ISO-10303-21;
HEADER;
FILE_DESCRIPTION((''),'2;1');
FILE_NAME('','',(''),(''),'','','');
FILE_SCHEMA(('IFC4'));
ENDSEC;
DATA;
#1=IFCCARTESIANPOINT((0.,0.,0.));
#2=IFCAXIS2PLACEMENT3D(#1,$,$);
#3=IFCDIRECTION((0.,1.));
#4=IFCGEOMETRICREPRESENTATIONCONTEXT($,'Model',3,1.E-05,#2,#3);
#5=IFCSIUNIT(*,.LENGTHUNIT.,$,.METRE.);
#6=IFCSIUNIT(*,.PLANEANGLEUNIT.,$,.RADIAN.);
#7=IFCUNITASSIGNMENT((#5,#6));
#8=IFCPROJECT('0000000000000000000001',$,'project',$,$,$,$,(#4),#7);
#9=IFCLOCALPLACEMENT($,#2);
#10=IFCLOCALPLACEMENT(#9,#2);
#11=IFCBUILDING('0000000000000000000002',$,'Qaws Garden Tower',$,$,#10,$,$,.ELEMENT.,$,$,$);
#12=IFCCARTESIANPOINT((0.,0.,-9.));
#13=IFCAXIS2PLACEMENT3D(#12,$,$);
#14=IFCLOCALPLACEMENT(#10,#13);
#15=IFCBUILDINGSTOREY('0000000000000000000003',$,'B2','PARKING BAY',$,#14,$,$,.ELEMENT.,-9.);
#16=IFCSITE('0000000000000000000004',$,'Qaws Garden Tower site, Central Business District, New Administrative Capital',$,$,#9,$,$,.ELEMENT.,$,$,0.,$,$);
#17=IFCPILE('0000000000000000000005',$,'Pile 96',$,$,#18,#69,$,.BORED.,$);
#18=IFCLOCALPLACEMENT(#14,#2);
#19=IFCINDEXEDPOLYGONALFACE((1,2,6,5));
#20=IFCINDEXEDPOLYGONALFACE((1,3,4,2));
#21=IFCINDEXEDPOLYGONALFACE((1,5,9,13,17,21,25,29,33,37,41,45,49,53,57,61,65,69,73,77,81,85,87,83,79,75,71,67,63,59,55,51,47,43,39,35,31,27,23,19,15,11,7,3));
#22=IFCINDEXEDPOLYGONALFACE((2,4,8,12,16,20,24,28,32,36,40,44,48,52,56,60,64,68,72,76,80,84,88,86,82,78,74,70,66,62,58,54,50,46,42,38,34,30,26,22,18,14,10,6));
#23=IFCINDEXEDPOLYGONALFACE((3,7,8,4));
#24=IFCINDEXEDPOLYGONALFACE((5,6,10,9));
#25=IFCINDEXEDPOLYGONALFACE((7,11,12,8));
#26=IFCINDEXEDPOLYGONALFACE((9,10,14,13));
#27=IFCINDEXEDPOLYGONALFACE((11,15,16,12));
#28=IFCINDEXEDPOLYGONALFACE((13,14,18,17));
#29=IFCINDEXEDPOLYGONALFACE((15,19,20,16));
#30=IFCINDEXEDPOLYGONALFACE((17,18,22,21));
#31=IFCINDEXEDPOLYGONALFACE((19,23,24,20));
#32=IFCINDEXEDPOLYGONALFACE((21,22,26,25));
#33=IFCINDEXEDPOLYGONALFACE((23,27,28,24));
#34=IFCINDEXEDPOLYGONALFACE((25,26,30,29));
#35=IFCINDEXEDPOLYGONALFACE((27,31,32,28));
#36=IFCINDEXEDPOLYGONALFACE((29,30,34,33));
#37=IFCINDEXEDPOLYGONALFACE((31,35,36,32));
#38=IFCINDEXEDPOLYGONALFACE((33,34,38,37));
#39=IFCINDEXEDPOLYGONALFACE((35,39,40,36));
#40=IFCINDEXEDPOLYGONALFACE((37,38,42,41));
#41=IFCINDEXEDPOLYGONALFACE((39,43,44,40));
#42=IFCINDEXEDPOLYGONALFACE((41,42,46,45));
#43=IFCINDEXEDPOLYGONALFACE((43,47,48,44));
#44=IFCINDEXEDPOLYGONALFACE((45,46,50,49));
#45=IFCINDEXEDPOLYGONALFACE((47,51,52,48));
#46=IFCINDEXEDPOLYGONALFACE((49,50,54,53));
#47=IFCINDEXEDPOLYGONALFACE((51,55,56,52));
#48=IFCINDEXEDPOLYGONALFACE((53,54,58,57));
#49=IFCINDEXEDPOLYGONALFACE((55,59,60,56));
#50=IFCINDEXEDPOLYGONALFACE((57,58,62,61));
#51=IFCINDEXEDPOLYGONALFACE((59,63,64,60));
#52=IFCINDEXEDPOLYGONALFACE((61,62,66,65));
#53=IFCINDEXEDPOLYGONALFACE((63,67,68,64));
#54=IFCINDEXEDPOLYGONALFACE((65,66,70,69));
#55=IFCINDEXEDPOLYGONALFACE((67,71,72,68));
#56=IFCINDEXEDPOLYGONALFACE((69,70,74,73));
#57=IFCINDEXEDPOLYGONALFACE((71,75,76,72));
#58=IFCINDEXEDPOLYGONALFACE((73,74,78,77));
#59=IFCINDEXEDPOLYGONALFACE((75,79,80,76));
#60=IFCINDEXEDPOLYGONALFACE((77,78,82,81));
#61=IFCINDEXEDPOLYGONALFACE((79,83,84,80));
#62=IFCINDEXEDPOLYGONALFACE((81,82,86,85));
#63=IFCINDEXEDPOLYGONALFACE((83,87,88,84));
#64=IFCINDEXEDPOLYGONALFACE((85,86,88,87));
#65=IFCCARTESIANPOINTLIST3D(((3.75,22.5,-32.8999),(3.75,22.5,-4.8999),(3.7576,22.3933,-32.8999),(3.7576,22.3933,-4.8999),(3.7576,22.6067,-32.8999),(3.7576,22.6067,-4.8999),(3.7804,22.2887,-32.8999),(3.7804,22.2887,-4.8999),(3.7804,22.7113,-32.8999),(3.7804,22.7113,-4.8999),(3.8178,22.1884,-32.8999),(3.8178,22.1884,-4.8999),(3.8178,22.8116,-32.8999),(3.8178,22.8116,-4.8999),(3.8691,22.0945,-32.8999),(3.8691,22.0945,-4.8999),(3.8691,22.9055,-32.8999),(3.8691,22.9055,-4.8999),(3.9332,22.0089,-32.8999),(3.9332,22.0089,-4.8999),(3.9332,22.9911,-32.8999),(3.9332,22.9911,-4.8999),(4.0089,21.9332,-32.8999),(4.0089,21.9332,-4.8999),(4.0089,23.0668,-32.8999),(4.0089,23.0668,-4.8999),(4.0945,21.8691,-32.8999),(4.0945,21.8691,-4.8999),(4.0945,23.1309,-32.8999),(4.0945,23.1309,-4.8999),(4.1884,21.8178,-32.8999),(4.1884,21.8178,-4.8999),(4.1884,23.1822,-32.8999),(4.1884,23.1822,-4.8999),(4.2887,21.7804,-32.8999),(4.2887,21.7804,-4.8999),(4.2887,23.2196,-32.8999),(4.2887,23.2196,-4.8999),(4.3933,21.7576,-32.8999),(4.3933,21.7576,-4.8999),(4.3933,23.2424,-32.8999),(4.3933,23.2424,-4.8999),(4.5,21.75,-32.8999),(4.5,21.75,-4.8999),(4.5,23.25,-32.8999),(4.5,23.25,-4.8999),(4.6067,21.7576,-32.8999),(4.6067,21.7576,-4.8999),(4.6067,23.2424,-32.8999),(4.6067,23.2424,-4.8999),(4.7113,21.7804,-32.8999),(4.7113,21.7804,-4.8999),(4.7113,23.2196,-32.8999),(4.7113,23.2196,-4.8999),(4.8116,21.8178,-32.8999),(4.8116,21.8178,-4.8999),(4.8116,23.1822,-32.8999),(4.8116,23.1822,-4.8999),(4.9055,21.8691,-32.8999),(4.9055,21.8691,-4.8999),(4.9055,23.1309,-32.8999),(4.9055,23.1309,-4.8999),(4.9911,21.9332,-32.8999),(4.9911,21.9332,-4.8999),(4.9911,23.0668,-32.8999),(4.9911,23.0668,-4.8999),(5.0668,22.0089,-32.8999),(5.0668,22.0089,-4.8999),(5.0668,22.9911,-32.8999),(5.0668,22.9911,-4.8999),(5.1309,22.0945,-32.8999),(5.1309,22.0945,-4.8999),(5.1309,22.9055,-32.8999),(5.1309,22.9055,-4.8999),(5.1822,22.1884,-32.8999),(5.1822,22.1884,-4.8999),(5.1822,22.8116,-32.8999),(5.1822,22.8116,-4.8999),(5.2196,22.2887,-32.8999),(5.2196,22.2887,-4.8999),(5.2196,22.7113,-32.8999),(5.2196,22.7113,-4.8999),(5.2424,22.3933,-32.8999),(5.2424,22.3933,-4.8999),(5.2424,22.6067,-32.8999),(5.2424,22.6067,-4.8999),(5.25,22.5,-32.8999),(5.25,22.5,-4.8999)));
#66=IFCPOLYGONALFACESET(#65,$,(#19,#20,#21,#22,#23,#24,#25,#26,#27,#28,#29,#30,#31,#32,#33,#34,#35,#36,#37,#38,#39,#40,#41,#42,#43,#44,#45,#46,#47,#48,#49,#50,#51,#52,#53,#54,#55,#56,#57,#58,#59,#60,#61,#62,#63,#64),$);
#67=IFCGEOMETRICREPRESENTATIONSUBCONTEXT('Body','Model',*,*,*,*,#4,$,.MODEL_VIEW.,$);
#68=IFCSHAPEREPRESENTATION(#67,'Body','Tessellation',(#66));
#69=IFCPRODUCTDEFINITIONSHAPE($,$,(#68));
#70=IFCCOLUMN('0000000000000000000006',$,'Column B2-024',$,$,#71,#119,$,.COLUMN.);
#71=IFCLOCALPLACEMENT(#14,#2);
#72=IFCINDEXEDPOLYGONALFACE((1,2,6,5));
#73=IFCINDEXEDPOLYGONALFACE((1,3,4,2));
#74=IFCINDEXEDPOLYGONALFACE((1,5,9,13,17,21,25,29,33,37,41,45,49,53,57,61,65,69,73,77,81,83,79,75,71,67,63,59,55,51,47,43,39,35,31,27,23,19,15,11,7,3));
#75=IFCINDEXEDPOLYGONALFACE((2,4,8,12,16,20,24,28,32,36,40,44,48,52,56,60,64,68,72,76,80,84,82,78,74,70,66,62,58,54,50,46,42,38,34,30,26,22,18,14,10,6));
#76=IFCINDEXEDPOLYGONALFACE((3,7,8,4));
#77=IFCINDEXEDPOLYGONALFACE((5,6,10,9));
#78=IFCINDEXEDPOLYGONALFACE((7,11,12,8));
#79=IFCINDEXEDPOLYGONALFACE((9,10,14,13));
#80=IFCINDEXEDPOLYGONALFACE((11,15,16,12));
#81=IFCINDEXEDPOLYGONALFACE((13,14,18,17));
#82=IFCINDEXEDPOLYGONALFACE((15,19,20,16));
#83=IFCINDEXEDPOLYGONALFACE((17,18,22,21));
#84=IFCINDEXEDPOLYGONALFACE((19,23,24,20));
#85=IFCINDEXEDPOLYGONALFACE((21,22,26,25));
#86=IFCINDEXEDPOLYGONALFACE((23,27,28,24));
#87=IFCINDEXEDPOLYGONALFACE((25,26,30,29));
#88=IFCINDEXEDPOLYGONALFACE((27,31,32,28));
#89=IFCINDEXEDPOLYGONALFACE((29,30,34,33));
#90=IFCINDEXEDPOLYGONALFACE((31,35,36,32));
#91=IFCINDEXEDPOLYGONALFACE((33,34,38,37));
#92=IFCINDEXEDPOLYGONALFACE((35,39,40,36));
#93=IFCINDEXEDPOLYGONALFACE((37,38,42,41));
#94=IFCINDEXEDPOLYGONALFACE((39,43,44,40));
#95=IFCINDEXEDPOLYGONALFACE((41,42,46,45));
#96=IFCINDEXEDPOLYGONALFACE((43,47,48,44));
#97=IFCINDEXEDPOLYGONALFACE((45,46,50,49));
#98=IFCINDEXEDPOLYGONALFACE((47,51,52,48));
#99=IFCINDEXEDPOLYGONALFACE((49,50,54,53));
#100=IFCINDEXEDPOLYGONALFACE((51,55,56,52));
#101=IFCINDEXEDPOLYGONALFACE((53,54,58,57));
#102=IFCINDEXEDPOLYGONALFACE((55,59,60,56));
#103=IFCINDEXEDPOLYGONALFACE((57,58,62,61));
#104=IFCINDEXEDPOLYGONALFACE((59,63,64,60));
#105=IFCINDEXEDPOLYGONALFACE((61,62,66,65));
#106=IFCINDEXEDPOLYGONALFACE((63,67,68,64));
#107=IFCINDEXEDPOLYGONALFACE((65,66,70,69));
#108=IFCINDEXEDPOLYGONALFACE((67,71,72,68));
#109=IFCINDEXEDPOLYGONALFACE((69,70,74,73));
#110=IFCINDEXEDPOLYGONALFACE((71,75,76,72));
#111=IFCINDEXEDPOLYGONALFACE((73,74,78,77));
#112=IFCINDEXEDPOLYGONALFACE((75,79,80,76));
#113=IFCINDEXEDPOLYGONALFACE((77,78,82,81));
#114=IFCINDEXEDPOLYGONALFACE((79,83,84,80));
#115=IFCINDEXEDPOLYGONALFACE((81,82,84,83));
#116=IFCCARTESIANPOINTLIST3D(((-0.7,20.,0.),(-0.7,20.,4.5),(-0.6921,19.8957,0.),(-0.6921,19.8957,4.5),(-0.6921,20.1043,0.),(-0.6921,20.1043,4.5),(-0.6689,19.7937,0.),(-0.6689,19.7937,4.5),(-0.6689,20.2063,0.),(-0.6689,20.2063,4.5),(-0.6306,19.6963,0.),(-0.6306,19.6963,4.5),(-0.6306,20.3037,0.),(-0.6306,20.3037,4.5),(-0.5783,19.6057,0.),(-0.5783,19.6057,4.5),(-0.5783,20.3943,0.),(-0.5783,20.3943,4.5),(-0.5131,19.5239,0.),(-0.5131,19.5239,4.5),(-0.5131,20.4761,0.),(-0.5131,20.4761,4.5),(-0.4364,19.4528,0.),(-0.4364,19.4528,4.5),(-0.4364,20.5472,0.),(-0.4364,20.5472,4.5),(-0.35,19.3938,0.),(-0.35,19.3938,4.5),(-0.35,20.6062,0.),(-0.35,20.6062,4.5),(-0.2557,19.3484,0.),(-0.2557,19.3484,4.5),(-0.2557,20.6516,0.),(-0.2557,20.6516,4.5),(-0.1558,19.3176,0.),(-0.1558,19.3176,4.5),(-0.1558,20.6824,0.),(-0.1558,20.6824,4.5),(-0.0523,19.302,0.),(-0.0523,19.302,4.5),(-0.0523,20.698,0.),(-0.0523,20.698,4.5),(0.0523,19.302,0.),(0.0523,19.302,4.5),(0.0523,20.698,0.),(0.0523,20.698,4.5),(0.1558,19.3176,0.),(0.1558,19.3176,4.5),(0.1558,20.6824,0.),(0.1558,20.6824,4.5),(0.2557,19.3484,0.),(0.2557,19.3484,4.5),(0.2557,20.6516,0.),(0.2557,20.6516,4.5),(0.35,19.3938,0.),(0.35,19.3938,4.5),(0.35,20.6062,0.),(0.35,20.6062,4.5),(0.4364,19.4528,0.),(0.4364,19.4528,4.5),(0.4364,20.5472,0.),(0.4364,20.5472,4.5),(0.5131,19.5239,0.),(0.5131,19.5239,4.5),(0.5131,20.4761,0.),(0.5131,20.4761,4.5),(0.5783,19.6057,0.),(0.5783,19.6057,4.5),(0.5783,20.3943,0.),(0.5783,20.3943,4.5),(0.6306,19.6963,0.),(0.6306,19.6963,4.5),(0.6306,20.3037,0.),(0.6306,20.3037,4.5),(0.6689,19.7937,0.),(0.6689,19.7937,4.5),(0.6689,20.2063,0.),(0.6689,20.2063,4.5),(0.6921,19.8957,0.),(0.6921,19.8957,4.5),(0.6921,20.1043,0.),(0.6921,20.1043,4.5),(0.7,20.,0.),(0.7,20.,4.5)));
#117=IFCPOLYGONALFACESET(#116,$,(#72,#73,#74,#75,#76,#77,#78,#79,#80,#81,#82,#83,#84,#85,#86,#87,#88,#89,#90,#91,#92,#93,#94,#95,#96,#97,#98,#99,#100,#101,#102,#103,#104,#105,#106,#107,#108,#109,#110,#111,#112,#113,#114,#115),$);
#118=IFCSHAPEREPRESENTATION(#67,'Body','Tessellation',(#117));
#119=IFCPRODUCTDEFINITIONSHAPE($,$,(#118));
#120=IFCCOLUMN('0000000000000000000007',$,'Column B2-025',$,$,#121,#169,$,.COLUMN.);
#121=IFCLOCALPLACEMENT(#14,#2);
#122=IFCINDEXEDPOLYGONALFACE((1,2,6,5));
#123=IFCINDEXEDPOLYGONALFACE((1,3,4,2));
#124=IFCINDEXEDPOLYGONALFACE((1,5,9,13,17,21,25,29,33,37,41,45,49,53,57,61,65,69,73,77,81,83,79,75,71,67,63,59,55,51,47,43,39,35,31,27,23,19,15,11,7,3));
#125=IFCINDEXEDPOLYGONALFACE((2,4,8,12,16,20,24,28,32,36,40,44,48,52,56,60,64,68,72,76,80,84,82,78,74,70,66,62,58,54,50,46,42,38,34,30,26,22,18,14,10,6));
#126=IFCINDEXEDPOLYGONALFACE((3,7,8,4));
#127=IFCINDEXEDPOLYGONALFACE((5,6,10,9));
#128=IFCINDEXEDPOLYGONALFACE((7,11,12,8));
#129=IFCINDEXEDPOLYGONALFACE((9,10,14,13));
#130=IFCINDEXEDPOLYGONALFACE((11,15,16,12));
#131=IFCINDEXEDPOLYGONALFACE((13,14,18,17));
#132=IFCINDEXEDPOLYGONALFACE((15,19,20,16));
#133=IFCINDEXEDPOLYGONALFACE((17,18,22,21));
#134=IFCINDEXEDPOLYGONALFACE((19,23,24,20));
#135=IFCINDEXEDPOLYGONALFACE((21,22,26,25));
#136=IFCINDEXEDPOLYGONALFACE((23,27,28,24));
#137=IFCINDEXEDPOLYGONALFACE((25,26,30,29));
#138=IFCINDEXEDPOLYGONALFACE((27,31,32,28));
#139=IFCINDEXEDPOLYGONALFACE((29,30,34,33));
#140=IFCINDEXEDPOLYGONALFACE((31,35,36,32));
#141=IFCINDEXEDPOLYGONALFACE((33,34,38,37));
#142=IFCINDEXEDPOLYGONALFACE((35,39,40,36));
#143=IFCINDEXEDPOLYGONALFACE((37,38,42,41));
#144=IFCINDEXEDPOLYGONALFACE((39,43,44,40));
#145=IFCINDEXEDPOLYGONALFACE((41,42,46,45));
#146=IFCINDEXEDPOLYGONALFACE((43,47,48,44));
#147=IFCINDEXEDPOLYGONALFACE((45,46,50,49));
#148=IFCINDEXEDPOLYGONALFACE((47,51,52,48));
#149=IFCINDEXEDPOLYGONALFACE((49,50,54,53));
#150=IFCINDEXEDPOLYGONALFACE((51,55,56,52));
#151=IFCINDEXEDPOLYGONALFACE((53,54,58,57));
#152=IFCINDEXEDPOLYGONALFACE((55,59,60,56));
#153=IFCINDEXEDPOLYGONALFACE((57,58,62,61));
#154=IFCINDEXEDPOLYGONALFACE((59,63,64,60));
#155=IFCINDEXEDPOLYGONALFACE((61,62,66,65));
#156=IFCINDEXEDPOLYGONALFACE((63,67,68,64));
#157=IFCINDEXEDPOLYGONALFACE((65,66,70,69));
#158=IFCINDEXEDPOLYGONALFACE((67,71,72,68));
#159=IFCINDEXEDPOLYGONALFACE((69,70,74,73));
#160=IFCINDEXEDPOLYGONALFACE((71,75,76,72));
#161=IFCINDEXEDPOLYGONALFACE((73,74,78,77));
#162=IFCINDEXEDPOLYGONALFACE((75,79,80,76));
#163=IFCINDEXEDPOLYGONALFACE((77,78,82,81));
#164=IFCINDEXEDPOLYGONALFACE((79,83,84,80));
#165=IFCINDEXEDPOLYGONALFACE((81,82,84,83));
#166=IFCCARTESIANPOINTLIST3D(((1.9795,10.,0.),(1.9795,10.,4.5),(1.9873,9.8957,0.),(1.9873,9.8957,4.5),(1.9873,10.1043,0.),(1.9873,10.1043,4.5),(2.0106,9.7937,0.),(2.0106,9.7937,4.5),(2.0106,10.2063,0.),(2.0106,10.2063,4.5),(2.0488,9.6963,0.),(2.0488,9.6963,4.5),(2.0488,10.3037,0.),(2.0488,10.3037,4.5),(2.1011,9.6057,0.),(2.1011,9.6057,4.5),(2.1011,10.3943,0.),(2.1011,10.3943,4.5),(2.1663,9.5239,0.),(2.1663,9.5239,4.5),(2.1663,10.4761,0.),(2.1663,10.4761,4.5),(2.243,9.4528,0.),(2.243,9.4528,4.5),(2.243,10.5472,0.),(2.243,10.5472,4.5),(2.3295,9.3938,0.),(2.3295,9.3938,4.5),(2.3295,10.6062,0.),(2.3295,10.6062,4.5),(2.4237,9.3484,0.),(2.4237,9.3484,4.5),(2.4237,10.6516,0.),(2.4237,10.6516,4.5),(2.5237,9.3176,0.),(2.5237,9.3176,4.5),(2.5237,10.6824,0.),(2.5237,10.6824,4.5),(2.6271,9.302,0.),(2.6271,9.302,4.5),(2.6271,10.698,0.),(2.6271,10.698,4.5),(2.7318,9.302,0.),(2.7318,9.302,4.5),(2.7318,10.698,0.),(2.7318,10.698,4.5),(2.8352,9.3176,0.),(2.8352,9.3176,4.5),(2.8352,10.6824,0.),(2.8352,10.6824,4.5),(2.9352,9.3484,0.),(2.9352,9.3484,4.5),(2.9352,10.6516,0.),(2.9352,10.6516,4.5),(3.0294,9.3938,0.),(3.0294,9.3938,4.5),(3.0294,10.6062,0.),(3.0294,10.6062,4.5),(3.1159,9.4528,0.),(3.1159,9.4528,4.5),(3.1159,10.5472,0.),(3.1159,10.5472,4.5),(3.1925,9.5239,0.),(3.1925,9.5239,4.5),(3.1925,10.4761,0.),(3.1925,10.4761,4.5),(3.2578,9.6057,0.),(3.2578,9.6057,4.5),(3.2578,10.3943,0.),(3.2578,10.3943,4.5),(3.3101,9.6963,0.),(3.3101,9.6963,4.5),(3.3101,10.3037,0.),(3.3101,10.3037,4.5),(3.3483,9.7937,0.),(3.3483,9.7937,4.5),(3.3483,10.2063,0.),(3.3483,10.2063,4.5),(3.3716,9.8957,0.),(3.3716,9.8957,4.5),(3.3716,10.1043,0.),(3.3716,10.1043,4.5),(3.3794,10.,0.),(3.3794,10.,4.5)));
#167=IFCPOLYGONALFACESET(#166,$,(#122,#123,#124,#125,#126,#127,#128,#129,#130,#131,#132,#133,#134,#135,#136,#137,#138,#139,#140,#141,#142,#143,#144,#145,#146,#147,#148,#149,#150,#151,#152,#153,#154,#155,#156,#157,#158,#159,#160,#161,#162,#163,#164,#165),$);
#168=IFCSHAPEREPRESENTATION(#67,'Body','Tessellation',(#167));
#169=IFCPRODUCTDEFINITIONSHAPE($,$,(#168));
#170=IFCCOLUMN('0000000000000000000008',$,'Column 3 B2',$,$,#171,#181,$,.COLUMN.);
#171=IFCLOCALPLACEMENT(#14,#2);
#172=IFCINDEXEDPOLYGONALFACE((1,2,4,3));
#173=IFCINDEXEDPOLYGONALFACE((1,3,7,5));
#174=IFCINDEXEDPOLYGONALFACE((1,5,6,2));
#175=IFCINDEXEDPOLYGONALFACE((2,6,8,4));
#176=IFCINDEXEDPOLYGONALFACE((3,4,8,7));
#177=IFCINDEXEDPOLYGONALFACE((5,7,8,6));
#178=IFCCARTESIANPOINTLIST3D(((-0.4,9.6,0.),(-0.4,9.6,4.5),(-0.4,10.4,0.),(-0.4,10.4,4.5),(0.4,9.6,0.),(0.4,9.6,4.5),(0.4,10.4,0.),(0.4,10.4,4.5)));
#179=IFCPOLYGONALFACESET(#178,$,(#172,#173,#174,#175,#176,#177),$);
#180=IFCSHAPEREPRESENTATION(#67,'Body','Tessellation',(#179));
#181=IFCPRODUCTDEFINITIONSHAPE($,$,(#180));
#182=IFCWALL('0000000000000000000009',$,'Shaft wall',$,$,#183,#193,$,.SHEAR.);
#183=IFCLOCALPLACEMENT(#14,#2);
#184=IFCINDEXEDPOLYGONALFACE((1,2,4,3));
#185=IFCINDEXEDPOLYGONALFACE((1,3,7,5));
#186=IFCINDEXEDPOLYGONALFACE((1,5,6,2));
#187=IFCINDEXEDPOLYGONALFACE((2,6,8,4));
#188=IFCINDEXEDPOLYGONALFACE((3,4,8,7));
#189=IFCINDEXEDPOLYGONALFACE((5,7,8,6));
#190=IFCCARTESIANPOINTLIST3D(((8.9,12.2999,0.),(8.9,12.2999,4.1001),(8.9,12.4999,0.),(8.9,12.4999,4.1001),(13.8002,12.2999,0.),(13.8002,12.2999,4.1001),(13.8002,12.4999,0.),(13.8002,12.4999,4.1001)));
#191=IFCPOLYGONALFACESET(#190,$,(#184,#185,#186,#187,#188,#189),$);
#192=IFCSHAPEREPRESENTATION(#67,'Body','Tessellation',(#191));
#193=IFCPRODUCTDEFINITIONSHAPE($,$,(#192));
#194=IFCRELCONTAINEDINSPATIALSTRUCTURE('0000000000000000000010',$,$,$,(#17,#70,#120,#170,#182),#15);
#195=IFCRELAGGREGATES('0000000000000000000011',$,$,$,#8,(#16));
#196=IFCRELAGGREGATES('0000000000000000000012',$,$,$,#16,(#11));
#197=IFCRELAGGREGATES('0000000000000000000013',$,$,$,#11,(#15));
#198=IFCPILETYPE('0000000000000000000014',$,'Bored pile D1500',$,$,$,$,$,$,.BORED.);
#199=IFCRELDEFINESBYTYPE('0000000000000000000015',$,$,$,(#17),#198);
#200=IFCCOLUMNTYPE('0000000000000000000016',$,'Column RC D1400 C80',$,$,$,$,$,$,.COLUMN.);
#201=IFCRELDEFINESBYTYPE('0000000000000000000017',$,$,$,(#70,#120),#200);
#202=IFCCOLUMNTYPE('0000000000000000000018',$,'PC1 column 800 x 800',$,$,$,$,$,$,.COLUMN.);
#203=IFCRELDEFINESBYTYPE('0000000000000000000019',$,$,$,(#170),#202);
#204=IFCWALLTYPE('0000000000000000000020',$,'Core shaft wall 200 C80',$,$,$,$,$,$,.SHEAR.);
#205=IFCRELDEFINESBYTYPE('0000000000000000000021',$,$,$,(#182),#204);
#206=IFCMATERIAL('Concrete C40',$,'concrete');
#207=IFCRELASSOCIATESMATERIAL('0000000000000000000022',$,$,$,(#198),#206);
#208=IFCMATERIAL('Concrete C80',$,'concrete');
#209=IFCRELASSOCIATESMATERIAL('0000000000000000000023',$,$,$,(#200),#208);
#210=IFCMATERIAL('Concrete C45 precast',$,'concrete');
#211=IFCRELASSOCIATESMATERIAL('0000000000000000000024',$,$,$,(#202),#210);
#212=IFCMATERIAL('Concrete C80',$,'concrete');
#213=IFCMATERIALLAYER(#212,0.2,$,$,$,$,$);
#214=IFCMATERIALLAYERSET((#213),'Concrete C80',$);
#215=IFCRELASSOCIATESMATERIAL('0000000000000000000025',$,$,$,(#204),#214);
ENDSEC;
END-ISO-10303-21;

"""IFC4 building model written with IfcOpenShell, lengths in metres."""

from ifc_helpers import new_model, si_unit, direction, frame, frame_2d, origin, origin_2d, place, context, subcontext, project, spatial, rectangle, circle, extrude, material, layer, layer_set, material_profile, profile_set, type_object, element, save


model = new_model("IFC4")

# Units and contexts
model_context = context("Model", 3, precision=1e-05, world=origin(), true_north=direction((0.0, 1.0)))
body_context = subcontext(model_context, "Body", "Model", "MODEL_VIEW")
ifc_project = project(units=[si_unit("LENGTHUNIT", "METRE"), si_unit("PLANEANGLEUNIT", "RADIAN")], contexts=[model_context])

# Site, building, storey
site_placement = place(None, origin())
site = spatial("IfcSite", under=ifc_project, at=site_placement, Name="Qaws Garden Tower site, Central Business District, New Administrative Capital", CompositionType="ELEMENT", RefElevation=0.0)
building_placement = place(site_placement, origin())
building = spatial("IfcBuilding", under=site, at=building_placement, Name="Qaws Garden Tower", CompositionType="ELEMENT")
storey_placement = place(building_placement, frame((0.0, 0.0, -9.0)))
storey = spatial("IfcBuildingStorey", under=building, at=storey_placement, Name="B2", Description="PARKING BAY", CompositionType="ELEMENT", Elevation=-9.0)

# Pile
ifc_material_1 = material(Name="Concrete C40", Category="concrete")
ifc_material_profile_1 = material_profile(ifc_material_1, circle(Radius=0.75, at=origin_2d()), Name="Bored pile D1500")
ifc_profile_set_1 = profile_set([ifc_material_profile_1], Name="Concrete C40")
pile_type = type_object("IfcPileType", Name="Bored pile D1500", PredefinedType="BORED", material=ifc_profile_set_1)
for number, where, z_axis, x_axis, name in (
    (1, (4.5, 22.5, -4.8999), (0.0, 0.0, -1.0), (1.0, 0.0, 0.0), "Pile 96"),
):
    element("IfcPile", number, at=place(storey_placement, frame(where, z_axis=z_axis, x_axis=x_axis)), inside=storey, type_object=pile_type, Name=name, PredefinedType="BORED", context=body_context, shape_type="SweptSolid", body=[
        extrude(circle(Radius=0.75, at=origin_2d()), origin(), (0.0, 0.0, 1.0), 28.0),
    ])

# Columns
ifc_material_2 = material(Name="Concrete C80", Category="concrete")
ifc_material_profile_2 = material_profile(ifc_material_2, circle(Radius=0.7, at=origin_2d()), Name="RC D1400")
ifc_profile_set_2 = profile_set([ifc_material_profile_2], Name="Concrete C80")
column_type_1 = type_object("IfcColumnType", Name="Column RC D1400 C80", PredefinedType="COLUMN", material=ifc_profile_set_2)
for number, where, z_axis, x_axis, name in (
    (2, (0.0, 20.0, 0.0), (0.0, 0.0, 1.0), (1.0, 0.0, 0.0), "Column B2-024"),
    (3, (2.6794, 10.0, 0.0), (0.0, 0.0, 1.0), (1.0, 0.0, 0.0), "Column B2-025"),
):
    element("IfcColumn", number, at=place(storey_placement, frame(where, z_axis=z_axis, x_axis=x_axis)), inside=storey, type_object=column_type_1, Name=name, PredefinedType="COLUMN", context=body_context, shape_type="SweptSolid", body=[
        extrude(circle(Radius=0.7, at=origin_2d()), origin(), (0.0, 0.0, 1.0), 4.5),
    ])
ifc_material_3 = material(Name="Concrete C45 precast", Category="concrete")
ifc_material_profile_3 = material_profile(ifc_material_3, rectangle(XDim=0.8, YDim=0.8, at=origin_2d()), Name="PC1 column 800 x 800")
ifc_profile_set_3 = profile_set([ifc_material_profile_3], Name="Concrete C45 precast")
column_type_2 = type_object("IfcColumnType", Name="PC1 column 800 x 800", PredefinedType="COLUMN", material=ifc_profile_set_3)
column_placement = place(storey_placement, frame((0.0, 10.0, 0.0), z_axis=(0.0, 0.0, 1.0), x_axis=(1.0, 0.0, 0.0)))
element("IfcColumn", 4, at=column_placement, inside=storey, type_object=column_type_2, Name="Column 3 B2", PredefinedType="COLUMN", context=body_context, shape_type="SweptSolid", body=[
    extrude(rectangle(XDim=0.8, YDim=0.8, at=origin_2d()), origin(), (0.0, 0.0, 1.0), 4.5),
])

# Wall
ifc_material_4 = material(Name="Concrete C80", Category="concrete")
ifc_layer = layer(ifc_material_4, 0.2)
ifc_layer_set = layer_set([ifc_layer], Name="Concrete C80")
wall_type = type_object("IfcWallType", Name="Core shaft wall 200 C80", PredefinedType="SHEAR", material=ifc_layer_set)
wall_placement = place(storey_placement, frame((8.8999, 12.3999, 0.0), z_axis=(0.0, 0.0, 1.0), x_axis=(1.0, 0.0, 0.0)))
element("IfcWall", 5, at=wall_placement, inside=storey, type_object=wall_type, Name="Shaft wall", PredefinedType="SHEAR", context=body_context, shape_type="SweptSolid", body=[
    extrude(rectangle(XDim=4.9001, YDim=0.2, at=frame_2d((2.4502, 0.0))), origin(), (0.0, 0.0, 1.0), 4.1001),
])

save(model, "model.ifc")
